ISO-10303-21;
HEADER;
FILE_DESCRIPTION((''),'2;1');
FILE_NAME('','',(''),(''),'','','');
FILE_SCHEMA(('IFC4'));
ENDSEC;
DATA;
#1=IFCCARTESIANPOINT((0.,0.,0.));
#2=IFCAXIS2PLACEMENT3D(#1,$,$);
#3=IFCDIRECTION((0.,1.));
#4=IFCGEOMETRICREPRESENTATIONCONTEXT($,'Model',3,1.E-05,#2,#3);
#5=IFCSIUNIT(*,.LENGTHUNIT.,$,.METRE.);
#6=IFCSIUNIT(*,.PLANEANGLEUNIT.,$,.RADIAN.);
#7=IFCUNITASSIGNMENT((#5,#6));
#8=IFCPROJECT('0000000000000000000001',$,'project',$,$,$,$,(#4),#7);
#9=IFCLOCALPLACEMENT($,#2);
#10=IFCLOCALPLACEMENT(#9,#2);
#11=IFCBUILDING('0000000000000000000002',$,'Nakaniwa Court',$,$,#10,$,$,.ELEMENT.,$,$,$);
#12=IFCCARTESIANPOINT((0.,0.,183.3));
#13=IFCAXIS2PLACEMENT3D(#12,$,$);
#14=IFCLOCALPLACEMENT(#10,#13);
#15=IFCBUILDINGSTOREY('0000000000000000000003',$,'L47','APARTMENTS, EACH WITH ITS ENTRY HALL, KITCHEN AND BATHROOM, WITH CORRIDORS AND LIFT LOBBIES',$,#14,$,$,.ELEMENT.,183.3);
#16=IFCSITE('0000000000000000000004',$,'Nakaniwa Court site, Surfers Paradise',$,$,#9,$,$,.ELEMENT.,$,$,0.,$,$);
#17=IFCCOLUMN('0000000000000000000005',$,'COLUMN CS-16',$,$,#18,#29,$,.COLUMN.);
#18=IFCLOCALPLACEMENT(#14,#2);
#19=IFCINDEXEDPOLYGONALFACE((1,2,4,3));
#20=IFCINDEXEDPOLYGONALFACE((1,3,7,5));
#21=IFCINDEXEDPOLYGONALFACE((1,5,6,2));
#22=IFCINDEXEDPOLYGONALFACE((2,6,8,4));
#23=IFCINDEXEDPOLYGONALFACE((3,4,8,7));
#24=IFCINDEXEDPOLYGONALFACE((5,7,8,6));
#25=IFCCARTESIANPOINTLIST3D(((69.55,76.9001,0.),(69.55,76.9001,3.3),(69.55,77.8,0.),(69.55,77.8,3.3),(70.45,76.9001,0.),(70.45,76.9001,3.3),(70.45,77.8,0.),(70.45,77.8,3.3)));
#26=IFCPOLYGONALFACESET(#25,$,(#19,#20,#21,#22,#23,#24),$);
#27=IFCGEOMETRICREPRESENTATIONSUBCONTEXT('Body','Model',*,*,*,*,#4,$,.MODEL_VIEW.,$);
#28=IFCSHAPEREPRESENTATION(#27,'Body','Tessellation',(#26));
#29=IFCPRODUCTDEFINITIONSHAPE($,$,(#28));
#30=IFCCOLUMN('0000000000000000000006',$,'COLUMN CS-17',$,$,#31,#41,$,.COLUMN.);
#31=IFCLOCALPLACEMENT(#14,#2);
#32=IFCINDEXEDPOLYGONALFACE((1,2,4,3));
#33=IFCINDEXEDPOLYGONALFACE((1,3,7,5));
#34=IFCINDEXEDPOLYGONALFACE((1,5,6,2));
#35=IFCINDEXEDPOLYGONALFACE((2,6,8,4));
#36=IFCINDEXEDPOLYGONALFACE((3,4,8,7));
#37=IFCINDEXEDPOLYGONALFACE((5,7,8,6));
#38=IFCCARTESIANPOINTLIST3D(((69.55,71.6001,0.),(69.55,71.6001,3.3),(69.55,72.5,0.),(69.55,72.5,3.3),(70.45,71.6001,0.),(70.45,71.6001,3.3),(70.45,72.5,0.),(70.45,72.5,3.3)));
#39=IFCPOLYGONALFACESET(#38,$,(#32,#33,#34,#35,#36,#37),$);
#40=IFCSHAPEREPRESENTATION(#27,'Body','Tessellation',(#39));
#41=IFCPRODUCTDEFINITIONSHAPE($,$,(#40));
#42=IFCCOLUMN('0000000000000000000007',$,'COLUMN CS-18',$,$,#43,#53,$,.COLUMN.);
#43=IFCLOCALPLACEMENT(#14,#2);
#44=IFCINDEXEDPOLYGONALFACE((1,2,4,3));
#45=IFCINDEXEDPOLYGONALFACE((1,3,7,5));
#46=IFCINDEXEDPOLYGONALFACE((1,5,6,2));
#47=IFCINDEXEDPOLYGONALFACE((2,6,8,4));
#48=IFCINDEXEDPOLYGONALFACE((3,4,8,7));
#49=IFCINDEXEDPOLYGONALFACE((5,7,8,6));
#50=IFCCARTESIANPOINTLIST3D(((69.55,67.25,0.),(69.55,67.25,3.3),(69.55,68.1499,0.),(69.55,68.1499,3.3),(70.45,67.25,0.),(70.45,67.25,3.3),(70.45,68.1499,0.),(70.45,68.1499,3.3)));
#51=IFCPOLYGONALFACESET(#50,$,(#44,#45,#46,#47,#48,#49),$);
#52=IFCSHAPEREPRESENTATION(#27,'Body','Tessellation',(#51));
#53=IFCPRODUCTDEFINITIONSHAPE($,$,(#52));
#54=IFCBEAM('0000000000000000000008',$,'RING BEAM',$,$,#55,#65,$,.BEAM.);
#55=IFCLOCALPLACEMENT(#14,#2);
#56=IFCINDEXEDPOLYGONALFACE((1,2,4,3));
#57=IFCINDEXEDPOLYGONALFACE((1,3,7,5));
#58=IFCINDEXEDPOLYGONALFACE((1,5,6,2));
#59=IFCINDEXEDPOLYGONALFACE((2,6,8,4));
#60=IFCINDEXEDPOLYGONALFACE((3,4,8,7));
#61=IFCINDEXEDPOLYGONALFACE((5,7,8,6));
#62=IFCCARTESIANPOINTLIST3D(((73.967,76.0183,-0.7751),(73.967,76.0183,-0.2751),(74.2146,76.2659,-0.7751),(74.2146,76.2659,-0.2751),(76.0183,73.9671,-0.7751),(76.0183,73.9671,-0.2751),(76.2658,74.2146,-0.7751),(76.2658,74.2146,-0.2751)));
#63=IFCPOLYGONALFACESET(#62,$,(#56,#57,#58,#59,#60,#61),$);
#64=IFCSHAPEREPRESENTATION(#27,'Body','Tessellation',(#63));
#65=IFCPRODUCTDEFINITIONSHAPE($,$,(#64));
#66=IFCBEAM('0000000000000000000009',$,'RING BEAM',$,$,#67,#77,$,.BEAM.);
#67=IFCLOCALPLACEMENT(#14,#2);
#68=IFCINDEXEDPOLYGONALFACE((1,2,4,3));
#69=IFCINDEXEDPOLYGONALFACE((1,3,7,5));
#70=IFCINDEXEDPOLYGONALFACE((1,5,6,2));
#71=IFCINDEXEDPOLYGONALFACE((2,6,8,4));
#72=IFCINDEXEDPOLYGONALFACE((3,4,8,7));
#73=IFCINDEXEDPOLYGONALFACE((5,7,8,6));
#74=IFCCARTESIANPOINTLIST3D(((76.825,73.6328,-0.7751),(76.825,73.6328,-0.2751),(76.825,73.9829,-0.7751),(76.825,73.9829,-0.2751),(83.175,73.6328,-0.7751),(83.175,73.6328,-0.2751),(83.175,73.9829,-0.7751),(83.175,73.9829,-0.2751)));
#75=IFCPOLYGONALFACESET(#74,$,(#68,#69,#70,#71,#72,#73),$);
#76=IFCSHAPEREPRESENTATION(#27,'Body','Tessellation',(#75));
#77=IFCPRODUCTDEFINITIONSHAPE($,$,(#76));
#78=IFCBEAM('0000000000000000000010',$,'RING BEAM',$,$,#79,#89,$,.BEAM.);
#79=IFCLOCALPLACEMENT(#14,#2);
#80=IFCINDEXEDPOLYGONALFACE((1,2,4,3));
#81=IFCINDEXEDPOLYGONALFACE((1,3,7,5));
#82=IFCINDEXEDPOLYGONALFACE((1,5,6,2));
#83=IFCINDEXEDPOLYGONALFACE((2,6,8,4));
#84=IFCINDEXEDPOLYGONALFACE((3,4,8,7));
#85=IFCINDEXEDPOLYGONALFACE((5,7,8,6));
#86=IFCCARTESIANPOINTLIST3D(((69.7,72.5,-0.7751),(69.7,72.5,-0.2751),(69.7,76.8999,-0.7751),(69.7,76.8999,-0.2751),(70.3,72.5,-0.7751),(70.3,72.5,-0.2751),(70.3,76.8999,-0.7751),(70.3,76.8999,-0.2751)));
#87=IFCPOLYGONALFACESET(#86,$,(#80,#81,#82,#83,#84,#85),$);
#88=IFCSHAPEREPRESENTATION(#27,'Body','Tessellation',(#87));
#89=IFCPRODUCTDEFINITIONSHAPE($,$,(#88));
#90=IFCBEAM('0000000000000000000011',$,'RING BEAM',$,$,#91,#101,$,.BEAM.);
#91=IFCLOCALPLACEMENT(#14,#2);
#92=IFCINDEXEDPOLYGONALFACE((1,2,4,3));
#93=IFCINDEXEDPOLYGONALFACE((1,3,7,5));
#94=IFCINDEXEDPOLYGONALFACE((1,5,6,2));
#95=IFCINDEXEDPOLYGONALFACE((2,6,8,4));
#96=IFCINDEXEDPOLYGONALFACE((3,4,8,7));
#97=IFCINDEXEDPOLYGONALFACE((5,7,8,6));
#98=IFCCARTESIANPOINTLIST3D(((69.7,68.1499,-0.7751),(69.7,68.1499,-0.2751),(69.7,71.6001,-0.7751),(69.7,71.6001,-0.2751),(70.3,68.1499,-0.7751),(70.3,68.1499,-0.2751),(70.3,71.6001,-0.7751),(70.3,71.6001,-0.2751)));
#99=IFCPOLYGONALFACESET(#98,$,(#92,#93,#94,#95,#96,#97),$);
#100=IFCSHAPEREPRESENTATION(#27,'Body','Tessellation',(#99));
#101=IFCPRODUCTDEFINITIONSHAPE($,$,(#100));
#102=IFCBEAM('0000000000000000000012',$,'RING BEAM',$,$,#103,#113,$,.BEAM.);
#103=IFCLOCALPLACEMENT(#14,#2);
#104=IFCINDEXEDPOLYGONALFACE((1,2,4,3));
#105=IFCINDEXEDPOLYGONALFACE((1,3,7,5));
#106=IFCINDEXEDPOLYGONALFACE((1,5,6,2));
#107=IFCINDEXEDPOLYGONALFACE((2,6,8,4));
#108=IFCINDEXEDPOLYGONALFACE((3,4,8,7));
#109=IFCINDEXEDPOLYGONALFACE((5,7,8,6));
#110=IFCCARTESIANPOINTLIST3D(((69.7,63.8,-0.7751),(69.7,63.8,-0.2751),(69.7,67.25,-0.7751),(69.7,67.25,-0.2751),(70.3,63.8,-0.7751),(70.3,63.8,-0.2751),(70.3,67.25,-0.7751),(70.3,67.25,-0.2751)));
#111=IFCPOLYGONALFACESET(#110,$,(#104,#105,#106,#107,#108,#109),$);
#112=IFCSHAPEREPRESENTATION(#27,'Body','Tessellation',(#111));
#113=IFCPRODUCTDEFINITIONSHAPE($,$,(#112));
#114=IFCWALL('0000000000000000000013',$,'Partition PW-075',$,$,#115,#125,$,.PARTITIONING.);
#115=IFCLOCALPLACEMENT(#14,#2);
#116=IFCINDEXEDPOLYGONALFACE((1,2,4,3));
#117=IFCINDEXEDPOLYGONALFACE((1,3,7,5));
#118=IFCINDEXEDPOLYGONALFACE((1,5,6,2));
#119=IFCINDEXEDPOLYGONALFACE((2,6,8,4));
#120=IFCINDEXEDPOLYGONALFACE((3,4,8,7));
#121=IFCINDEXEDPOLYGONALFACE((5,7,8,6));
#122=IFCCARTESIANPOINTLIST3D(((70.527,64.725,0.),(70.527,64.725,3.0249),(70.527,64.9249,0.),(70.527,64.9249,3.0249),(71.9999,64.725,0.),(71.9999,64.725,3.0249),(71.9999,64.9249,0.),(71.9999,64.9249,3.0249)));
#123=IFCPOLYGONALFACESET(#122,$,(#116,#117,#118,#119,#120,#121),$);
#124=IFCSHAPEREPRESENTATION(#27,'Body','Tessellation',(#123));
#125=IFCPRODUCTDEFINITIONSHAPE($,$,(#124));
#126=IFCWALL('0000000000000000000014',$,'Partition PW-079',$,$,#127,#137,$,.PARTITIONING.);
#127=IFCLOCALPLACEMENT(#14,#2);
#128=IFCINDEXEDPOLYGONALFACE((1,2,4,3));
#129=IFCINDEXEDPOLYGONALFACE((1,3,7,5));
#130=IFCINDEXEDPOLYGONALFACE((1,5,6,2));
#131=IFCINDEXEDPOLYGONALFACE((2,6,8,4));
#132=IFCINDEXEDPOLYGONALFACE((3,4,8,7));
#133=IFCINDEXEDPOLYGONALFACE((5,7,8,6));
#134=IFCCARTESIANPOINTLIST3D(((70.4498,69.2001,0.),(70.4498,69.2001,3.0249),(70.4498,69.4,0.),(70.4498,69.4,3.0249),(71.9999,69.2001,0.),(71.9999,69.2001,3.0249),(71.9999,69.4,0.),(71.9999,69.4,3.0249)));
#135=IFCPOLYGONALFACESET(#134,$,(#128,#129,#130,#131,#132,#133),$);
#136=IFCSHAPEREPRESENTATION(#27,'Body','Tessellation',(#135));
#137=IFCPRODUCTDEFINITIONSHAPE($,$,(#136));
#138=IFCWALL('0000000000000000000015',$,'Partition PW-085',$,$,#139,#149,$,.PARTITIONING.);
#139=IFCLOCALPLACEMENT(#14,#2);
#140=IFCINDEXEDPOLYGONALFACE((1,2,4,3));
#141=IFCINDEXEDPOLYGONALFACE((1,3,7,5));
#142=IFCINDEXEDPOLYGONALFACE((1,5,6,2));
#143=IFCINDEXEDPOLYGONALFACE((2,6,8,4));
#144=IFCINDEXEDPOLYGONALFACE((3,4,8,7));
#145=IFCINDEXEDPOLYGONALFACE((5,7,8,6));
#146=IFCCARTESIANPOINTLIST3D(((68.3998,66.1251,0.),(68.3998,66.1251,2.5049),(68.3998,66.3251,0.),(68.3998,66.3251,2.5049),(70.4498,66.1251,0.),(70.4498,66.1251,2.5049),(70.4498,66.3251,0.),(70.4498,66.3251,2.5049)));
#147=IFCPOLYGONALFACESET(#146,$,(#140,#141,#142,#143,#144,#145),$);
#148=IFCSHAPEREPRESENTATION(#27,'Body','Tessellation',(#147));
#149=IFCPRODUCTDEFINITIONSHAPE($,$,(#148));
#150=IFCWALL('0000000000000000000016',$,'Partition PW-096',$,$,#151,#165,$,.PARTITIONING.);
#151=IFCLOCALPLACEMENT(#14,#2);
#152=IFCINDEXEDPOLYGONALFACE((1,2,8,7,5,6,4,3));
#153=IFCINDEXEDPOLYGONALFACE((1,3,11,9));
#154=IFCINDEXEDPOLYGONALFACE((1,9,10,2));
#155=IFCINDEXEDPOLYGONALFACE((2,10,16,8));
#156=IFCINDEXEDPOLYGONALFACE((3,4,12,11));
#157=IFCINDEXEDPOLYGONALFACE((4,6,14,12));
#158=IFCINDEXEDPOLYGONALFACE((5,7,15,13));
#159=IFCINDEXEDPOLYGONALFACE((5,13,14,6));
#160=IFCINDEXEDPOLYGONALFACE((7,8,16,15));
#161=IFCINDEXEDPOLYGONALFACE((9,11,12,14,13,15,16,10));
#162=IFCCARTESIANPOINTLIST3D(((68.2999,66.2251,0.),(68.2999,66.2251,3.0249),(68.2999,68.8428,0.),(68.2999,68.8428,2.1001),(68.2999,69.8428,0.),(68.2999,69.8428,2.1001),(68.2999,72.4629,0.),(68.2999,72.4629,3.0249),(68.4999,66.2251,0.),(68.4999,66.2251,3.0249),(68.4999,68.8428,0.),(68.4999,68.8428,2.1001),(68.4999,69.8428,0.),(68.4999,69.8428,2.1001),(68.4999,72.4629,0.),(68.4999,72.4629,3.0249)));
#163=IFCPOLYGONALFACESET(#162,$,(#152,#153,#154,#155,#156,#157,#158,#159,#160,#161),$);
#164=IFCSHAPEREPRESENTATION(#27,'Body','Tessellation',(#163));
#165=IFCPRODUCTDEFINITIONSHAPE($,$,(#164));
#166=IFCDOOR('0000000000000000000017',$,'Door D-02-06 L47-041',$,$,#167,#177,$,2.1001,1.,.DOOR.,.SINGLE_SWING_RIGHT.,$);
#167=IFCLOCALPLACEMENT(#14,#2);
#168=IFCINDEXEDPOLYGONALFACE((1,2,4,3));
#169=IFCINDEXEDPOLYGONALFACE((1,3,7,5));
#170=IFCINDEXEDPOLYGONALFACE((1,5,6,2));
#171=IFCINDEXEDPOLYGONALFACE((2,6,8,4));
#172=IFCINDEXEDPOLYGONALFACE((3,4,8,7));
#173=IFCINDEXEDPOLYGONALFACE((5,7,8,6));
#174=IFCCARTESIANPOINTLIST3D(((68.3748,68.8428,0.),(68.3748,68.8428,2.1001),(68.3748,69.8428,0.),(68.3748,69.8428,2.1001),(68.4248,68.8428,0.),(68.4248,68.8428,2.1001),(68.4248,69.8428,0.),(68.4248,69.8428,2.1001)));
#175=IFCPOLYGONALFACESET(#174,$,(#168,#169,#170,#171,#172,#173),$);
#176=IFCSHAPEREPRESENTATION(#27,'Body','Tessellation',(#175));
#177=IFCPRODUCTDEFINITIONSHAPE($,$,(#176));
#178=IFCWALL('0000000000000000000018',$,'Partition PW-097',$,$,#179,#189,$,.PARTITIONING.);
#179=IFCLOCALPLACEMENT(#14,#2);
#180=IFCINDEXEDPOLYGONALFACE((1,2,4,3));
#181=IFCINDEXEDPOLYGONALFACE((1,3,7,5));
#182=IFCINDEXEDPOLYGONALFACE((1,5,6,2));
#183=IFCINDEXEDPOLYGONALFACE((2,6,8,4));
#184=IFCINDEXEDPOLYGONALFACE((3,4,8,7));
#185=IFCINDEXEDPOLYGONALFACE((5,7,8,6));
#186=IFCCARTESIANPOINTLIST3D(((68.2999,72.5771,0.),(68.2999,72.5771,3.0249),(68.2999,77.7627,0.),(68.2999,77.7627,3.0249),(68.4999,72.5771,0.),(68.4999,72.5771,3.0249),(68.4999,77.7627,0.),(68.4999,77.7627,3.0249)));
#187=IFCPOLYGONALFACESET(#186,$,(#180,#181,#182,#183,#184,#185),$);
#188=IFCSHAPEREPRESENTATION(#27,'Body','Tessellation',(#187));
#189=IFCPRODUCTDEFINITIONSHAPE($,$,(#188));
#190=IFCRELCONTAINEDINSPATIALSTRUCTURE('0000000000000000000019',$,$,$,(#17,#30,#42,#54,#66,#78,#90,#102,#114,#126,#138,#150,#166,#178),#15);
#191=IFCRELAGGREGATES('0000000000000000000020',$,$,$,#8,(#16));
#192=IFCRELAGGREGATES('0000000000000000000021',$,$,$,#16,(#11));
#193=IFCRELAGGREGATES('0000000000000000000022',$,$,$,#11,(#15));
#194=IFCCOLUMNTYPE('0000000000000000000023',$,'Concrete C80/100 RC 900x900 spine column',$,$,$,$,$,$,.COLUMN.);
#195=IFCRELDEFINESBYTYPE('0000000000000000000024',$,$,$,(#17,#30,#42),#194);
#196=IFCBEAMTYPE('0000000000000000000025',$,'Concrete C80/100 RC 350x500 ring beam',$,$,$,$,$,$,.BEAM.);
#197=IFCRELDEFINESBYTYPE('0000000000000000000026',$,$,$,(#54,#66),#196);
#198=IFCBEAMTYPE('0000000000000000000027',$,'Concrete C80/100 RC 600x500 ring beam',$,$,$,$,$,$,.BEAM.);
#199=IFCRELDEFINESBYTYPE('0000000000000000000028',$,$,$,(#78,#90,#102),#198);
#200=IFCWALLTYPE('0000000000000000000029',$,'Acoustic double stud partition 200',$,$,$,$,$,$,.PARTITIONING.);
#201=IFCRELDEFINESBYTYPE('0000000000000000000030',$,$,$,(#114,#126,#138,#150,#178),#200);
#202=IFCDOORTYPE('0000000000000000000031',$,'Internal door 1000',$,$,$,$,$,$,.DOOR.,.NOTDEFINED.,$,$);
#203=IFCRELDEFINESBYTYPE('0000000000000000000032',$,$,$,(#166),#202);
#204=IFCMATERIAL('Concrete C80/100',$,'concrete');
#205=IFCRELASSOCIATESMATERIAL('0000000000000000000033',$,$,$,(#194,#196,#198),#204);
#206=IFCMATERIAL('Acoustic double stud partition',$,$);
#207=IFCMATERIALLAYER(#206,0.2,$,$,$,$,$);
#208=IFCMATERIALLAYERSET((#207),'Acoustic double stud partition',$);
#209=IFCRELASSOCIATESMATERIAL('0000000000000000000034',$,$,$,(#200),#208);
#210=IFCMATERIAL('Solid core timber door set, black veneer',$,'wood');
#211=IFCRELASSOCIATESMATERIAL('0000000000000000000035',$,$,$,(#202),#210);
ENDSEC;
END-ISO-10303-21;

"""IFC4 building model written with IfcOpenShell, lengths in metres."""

from ifc_helpers import new_model, si_unit, direction, frame, frame_2d, origin, origin_2d, place, context, subcontext, project, spatial, rectangle, extrude, material, layer, layer_set, material_profile, profile_set, type_object, element, fill, save


model = new_model("IFC4")

# Units and contexts
model_context = context("Model", 3, precision=1e-05, world=origin(), true_north=direction((0.0, 1.0)))
body_context = subcontext(model_context, "Body", "Model", "MODEL_VIEW")
ifc_project = project(units=[si_unit("LENGTHUNIT", "METRE"), si_unit("PLANEANGLEUNIT", "RADIAN")], contexts=[model_context])

# Site, building, storey
site_placement = place(None, origin())
site = spatial("IfcSite", under=ifc_project, at=site_placement, Name="Nakaniwa Court site, Surfers Paradise", CompositionType="ELEMENT", RefElevation=0.0)
building_placement = place(site_placement, origin())
building = spatial("IfcBuilding", under=site, at=building_placement, Name="Nakaniwa Court", CompositionType="ELEMENT")
storey_placement = place(building_placement, frame((0.0, 0.0, 183.3)))
storey = spatial("IfcBuildingStorey", under=building, at=storey_placement, Name="L47", Description="APARTMENTS, EACH WITH ITS ENTRY HALL, KITCHEN AND BATHROOM, WITH CORRIDORS AND LIFT LOBBIES", CompositionType="ELEMENT", Elevation=183.3)

# Columns
ifc_material_1 = material(Name="Concrete C80/100", Category="concrete")
ifc_material_profile_1 = material_profile(ifc_material_1, rectangle(XDim=0.8999, YDim=0.8999, at=origin_2d()), Name="Concrete C80/100 RC 900x900 spine column")
ifc_profile_set_1 = profile_set([ifc_material_profile_1], Name="Concrete C80/100")
column_type_1 = type_object("IfcColumnType", Name="Concrete C80/100 RC 900x900 spine column", PredefinedType="COLUMN", material=ifc_profile_set_1)
for number, where, z_axis, x_axis, name in (
    (1, (70.0, 77.3501, 0.0), (0.0, 0.0, 1.0), (0.0, -1.0, 0.0), "COLUMN CS-16"),
    (2, (70.0, 72.05, 0.0), (0.0, 0.0, 1.0), (0.0, -1.0, 0.0), "COLUMN CS-17"),
    (3, (70.0, 67.7, 0.0), (0.0, 0.0, 1.0), (0.0, -1.0, 0.0), "COLUMN CS-18"),
):
    element("IfcColumn", number, at=place(storey_placement, frame(where, z_axis=z_axis, x_axis=x_axis)), inside=storey, type_object=column_type_1, Name=name, PredefinedType="COLUMN", context=body_context, shape_type="SweptSolid", body=[
        extrude(rectangle(XDim=0.8999, YDim=0.8999, at=origin_2d()), origin(), (0.0, 0.0, 1.0), 3.3),
    ])

# Beams
ifc_material_profile_2 = material_profile(ifc_material_1, rectangle(XDim=0.3501, YDim=0.5, at=origin_2d()), Name="Concrete C80/100 RC 350x500 ring beam")
ifc_profile_set_2 = profile_set([ifc_material_profile_2], Name="Concrete C80/100")
beam_type_1 = type_object("IfcBeamType", Name="Concrete C80/100 RC 350x500 ring beam", PredefinedType="BEAM", material=ifc_profile_set_2)
beam_1_placement = place(storey_placement, frame((74.0908, 76.1421, -0.5251), z_axis=(0.707107, -0.707107, 0.0), x_axis=(0.707107, 0.707107, 0.0)))
element("IfcBeam", 4, at=beam_1_placement, inside=storey, type_object=beam_type_1, Name="RING BEAM", PredefinedType="BEAM", context=body_context, shape_type="SweptSolid", body=[
    extrude(rectangle(XDim=0.3501, YDim=0.5, at=origin_2d()), origin(), (0.0, 0.0, 1.0), 2.9009),
])
beam_2_placement = place(storey_placement, frame((76.825, 73.8079, -0.5251), z_axis=(1.0, 0.0, 0.0), x_axis=(0.0, 1.0, 0.0)))
element("IfcBeam", 5, at=beam_2_placement, inside=storey, type_object=beam_type_1, Name="RING BEAM", PredefinedType="BEAM", context=body_context, shape_type="SweptSolid", body=[
    extrude(rectangle(XDim=0.3501, YDim=0.5, at=origin_2d()), origin(), (0.0, 0.0, 1.0), 6.3501),
])
ifc_material_profile_3 = material_profile(ifc_material_1, rectangle(XDim=0.6001, YDim=0.5, at=origin_2d()), Name="Concrete C80/100 RC 600x500 ring beam")
ifc_profile_set_3 = profile_set([ifc_material_profile_3], Name="Concrete C80/100")
beam_type_2 = type_object("IfcBeamType", Name="Concrete C80/100 RC 600x500 ring beam", PredefinedType="BEAM", material=ifc_profile_set_3)
beam_3_placement = place(storey_placement, frame((70.0, 76.8999, -0.5251), z_axis=(0.0, -1.0, 0.0), x_axis=(1.0, 0.0, 0.0)))
element("IfcBeam", 6, at=beam_3_placement, inside=storey, type_object=beam_type_2, Name="RING BEAM", PredefinedType="BEAM", context=body_context, shape_type="SweptSolid", body=[
    extrude(rectangle(XDim=0.6001, YDim=0.5, at=origin_2d()), origin(), (0.0, 0.0, 1.0), 4.3999),
])
beam_4_placement = place(storey_placement, frame((70.0, 71.6001, -0.5251), z_axis=(0.0, -1.0, 0.0), x_axis=(1.0, 0.0, 0.0)))
element("IfcBeam", 7, at=beam_4_placement, inside=storey, type_object=beam_type_2, Name="RING BEAM", PredefinedType="BEAM", context=body_context, shape_type="SweptSolid", body=[
    extrude(rectangle(XDim=0.6001, YDim=0.5, at=origin_2d()), origin(), (0.0, 0.0, 1.0), 3.4502),
])
beam_5_placement = place(storey_placement, frame((70.0, 67.25, -0.5251), z_axis=(0.0, -1.0, 0.0), x_axis=(1.0, 0.0, 0.0)))
element("IfcBeam", 8, at=beam_5_placement, inside=storey, type_object=beam_type_2, Name="RING BEAM", PredefinedType="BEAM", context=body_context, shape_type="SweptSolid", body=[
    extrude(rectangle(XDim=0.6001, YDim=0.5, at=origin_2d()), origin(), (0.0, 0.0, 1.0), 3.45),
])

# Walls
ifc_material_2 = material(Name="Acoustic double stud partition")
ifc_layer_1 = layer(ifc_material_2, 0.2)
ifc_layer_set_1 = layer_set([ifc_layer_1], Name="Acoustic double stud partition")
wall_type_1 = type_object("IfcWallType", Name="Acoustic double stud partition 200", PredefinedType="PARTITIONING", material=ifc_layer_set_1)
wall_1_placement = place(storey_placement, frame((70.5271, 64.825, 0.0), z_axis=(0.0, 0.0, 1.0), x_axis=(1.0, 0.0, 0.0)))
element("IfcWall", 9, at=wall_1_placement, inside=storey, type_object=wall_type_1, Name="Partition PW-075", PredefinedType="PARTITIONING", context=body_context, shape_type="SweptSolid", body=[
    extrude(rectangle(XDim=1.4729, YDim=0.2, at=frame_2d((0.7363, 0.0))), origin(), (0.0, 0.0, 1.0), 3.0249),
])
wall_2_placement = place(storey_placement, frame((70.45, 69.3, 0.0), z_axis=(0.0, 0.0, 1.0), x_axis=(1.0, 0.0, 0.0)))
element("IfcWall", 10, at=wall_2_placement, inside=storey, type_object=wall_type_1, Name="Partition PW-079", PredefinedType="PARTITIONING", context=body_context, shape_type="SweptSolid", body=[
    extrude(rectangle(XDim=1.55, YDim=0.2, at=frame_2d((0.7749, 0.0))), origin(), (0.0, 0.0, 1.0), 3.0249),
])
wall_3_placement = place(storey_placement, frame((68.3999, 66.2251, 0.0), z_axis=(0.0, 0.0, 1.0), x_axis=(1.0, 0.0, 0.0)))
element("IfcWall", 11, at=wall_3_placement, inside=storey, type_object=wall_type_1, Name="Partition PW-085", PredefinedType="PARTITIONING", context=body_context, shape_type="SweptSolid", body=[
    extrude(rectangle(XDim=2.05, YDim=0.2, at=frame_2d((1.0249, 0.0))), origin(), (0.0, 0.0, 1.0), 2.5049),
])

# Wall, opening, door
wall_4_placement = place(storey_placement, frame((68.3999, 72.4629, 0.0), z_axis=(0.0, 0.0, 1.0), x_axis=(0.0, -1.0, 0.0)))
wall_4 = element("IfcWall", 12, at=wall_4_placement, inside=storey, type_object=wall_type_1, Name="Partition PW-096", PredefinedType="PARTITIONING", context=body_context, shape_type="SweptSolid", body=[
    extrude(rectangle(XDim=6.2378, YDim=0.2, at=frame_2d((3.1189, 0.0))), origin(), (0.0, 0.0, 1.0), 3.0249),
])
opening_1_placement = place(wall_4_placement, frame((2.6201, 0.0, 0.0)))
opening_1 = element("IfcOpeningElement", 13, at=opening_1_placement, cuts=wall_4, PredefinedType="OPENING", context=body_context, shape_type="SweptSolid", body=[
    extrude(rectangle(XDim=1.0, YDim=2.1001, at=frame_2d((0.5, 1.05))), frame((0.0, 0.1099, 0.0), z_axis=(0.0, -1.0, 0.0), x_axis=(1.0, 0.0, 0.0)), (0.0, 0.0, 1.0), 0.22),
])
ifc_material_3 = material(Name="Solid core timber door set, black veneer", Category="wood")
door_type_1 = type_object("IfcDoorType", Name="Internal door 1000", OperationType="NOTDEFINED", PredefinedType="DOOR", material=ifc_material_3)
door_1_placement = place(opening_1_placement, origin())
door_1 = element("IfcDoor", 14, at=door_1_placement, inside=storey, type_object=door_type_1, Name="Door D-02-06 L47-041", OperationType="SINGLE_SWING_RIGHT", OverallHeight=2.1001, OverallWidth=1.0, PredefinedType="DOOR", context=body_context, shape_type="SweptSolid", body=[
    extrude(rectangle(XDim=1.0, YDim=2.1001, at=frame_2d((0.5, 1.05))), frame((0.0, 0.0249, 0.0), z_axis=(0.0, -1.0, 0.0), x_axis=(1.0, 0.0, 0.0)), (0.0, 0.0, 1.0), 0.05),
])
fill(opening_1, door_1)

# Wall
wall_5_placement = place(storey_placement, frame((68.3999, 72.5771, 0.0), z_axis=(0.0, 0.0, 1.0), x_axis=(0.0, 1.0, 0.0)))
element("IfcWall", 15, at=wall_5_placement, inside=storey, type_object=wall_type_1, Name="Partition PW-097", PredefinedType="PARTITIONING", context=body_context, shape_type="SweptSolid", body=[
    extrude(rectangle(XDim=5.1855, YDim=0.2, at=frame_2d((2.5928, 0.0))), origin(), (0.0, 0.0, 1.0), 3.0249),
])

save(model, "model.ifc")
